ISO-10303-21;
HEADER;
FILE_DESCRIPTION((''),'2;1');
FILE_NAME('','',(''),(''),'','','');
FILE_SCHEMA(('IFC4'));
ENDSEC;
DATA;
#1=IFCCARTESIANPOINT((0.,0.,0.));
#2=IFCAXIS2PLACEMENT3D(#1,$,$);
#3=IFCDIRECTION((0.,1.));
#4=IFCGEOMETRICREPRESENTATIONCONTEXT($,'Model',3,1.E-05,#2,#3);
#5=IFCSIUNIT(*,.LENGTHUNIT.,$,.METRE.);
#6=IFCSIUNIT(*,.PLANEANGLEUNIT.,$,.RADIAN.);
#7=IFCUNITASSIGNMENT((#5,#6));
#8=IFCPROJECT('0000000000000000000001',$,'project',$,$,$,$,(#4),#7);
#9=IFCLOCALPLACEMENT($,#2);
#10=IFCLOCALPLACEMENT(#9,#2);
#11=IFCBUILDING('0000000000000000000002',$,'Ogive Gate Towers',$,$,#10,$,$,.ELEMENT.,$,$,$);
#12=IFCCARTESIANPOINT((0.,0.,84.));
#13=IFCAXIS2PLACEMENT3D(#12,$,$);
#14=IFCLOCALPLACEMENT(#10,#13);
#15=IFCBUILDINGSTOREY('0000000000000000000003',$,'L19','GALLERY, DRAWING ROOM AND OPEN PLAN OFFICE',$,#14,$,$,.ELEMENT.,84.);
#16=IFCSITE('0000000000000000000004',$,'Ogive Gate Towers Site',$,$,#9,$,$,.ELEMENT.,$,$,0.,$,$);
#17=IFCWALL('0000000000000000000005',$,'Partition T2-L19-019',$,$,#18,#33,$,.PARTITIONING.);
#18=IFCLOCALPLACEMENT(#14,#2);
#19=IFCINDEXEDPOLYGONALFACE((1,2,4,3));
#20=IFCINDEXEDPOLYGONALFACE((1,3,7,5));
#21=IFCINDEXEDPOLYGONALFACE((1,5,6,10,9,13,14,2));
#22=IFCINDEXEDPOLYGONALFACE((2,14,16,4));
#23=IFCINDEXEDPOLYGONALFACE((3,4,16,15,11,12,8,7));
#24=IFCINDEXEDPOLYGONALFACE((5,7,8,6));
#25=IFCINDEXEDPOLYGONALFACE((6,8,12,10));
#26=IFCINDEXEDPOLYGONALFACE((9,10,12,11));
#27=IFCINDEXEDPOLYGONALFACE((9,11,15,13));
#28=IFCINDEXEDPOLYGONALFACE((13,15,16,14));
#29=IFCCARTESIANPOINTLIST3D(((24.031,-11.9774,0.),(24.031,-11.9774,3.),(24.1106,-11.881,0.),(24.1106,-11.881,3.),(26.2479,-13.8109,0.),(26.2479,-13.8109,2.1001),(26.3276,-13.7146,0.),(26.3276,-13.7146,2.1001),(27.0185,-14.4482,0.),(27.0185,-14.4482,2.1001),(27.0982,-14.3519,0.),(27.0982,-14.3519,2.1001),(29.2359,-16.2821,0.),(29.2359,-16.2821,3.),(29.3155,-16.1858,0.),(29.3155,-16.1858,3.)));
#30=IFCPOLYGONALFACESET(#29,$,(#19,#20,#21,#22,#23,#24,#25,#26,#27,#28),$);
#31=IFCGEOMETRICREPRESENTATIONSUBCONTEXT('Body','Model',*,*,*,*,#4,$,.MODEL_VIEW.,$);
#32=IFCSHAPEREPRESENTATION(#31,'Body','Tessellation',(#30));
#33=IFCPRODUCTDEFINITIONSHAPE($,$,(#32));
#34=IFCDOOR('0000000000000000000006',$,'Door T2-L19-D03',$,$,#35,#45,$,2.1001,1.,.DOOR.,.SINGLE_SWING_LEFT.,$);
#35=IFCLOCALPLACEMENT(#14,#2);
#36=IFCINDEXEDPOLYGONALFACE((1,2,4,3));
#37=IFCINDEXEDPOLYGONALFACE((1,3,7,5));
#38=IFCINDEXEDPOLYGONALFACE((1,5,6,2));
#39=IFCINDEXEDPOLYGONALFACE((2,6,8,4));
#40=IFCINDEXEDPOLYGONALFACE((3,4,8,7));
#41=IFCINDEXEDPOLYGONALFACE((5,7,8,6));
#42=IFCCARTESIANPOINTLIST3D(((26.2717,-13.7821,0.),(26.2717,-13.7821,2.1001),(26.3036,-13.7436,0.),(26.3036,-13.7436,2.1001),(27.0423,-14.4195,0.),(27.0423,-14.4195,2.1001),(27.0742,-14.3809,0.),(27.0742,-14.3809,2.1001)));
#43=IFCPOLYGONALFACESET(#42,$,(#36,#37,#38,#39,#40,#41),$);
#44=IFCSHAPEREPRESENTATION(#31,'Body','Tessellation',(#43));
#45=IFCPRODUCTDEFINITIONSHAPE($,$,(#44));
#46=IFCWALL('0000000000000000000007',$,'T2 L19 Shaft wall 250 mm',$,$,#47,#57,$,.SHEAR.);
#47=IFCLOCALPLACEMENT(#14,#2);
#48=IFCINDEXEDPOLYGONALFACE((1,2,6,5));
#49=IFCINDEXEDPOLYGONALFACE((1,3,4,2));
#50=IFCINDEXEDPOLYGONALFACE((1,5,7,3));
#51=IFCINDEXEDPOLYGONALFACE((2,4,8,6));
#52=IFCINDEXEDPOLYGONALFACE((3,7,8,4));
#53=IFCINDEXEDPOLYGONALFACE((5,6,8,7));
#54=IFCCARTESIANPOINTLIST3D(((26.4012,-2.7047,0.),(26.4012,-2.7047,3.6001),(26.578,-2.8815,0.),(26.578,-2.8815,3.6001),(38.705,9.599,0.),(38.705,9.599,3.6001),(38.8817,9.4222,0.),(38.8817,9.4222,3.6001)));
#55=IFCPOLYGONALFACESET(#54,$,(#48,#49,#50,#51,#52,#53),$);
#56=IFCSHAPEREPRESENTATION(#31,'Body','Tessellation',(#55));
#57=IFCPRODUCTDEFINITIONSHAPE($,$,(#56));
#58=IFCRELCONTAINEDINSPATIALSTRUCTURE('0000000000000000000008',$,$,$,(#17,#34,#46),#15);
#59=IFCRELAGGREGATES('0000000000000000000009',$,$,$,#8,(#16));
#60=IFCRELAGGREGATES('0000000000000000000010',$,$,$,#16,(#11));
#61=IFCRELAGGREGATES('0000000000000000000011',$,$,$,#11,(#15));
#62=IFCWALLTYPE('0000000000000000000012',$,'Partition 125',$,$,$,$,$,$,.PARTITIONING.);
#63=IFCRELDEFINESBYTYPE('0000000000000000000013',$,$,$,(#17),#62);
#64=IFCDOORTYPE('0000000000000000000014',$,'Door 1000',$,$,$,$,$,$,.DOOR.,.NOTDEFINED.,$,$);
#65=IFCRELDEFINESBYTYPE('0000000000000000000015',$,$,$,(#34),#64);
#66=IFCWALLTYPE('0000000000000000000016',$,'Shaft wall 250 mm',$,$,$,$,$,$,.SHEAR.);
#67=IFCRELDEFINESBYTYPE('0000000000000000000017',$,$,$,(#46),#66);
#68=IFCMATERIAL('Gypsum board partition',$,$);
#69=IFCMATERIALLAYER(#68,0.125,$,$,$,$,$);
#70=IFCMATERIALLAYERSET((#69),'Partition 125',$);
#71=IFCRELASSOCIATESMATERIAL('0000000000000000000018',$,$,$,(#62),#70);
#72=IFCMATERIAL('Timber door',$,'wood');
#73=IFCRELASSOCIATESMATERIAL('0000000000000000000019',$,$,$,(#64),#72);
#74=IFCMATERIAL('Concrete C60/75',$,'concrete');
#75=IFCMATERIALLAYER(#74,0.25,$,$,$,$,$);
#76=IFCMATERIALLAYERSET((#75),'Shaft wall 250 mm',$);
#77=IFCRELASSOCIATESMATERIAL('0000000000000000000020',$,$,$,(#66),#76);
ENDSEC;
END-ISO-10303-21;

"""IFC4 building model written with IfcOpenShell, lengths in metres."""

from ifc_helpers import new_model, si_unit, direction, frame, frame_2d, origin, place, context, subcontext, project, spatial, rectangle, extrude, material, layer, layer_set, type_object, element, fill, save


model = new_model("IFC4")

# Units and contexts
model_context = context("Model", 3, precision=1e-05, world=origin(), true_north=direction((0.0, 1.0)))
body_context = subcontext(model_context, "Body", "Model", "MODEL_VIEW")
ifc_project = project(units=[si_unit("LENGTHUNIT", "METRE"), si_unit("PLANEANGLEUNIT", "RADIAN")], contexts=[model_context])

# Site, building, storey
site_placement = place(None, origin())
site = spatial("IfcSite", under=ifc_project, at=site_placement, Name="Ogive Gate Towers Site", CompositionType="ELEMENT", RefElevation=0.0)
building_placement = place(site_placement, origin())
building = spatial("IfcBuilding", under=site, at=building_placement, Name="Ogive Gate Towers", CompositionType="ELEMENT")
storey_placement = place(building_placement, frame((0.0, 0.0, 84.0)))
storey = spatial("IfcBuildingStorey", under=building, at=storey_placement, Name="L19", Description="GALLERY, DRAWING ROOM AND OPEN PLAN OFFICE", CompositionType="ELEMENT", Elevation=84.0)

# Shared definitions
ifc_material_1 = material(Name="Gypsum board partition")
ifc_layer_1 = layer(ifc_material_1, 0.125)
ifc_layer_set_1 = layer_set([ifc_layer_1], Name="Partition 125")
wall_type_1 = type_object("IfcWallType", Name="Partition 125", PredefinedType="PARTITIONING", material=ifc_layer_set_1)

# Wall, opening, door
ifc_material_2 = material(Name="Timber door", Category="wood")
door_type = type_object("IfcDoorType", Name="Door 1000", OperationType="NOTDEFINED", PredefinedType="DOOR", material=ifc_material_2)
wall_1_placement = place(storey_placement, frame((24.0708, -11.9292, 0.0), z_axis=(0.0, 0.0, 1.0), x_axis=(0.770595, -0.637325, 0.0)))
wall_1 = element("IfcWall", 1, at=wall_1_placement, inside=storey, type_object=wall_type_1, Name="Partition T2-L19-019", PredefinedType="PARTITIONING", context=body_context, shape_type="SweptSolid", body=[
    extrude(rectangle(XDim=6.7544, YDim=0.125, at=frame_2d((3.3772, 0.0))), origin(), (0.0, 0.0, 1.0), 3.0),
])
opening_1_placement = place(wall_1_placement, frame((2.877, 0.0, 0.0)))
opening_1 = element("IfcOpeningElement", 2, at=opening_1_placement, cuts=wall_1, PredefinedType="OPENING", context=body_context, shape_type="SweptSolid", body=[
    extrude(rectangle(XDim=1.0, YDim=2.1001, at=frame_2d((0.5, 1.05))), frame((0.0, 0.0725, 0.0), z_axis=(0.0, -1.0, 0.0), x_axis=(1.0, 0.0, 0.0)), (0.0, 0.0, 1.0), 0.145),
])
door_1_placement = place(opening_1_placement, origin())
door_1 = element("IfcDoor", 3, at=door_1_placement, inside=storey, type_object=door_type, Name="Door T2-L19-D03", OperationType="SINGLE_SWING_LEFT", OverallHeight=2.1001, OverallWidth=1.0, PredefinedType="DOOR", context=body_context, shape_type="SweptSolid", body=[
    extrude(rectangle(XDim=1.0, YDim=2.1001, at=frame_2d((0.5, 1.05))), frame((0.0, 0.0249, 0.0), z_axis=(0.0, -1.0, 0.0), x_axis=(1.0, 0.0, 0.0)), (0.0, 0.0, 1.0), 0.05),
])
fill(opening_1, door_1)

# Wall
ifc_material_3 = material(Name="Concrete C60/75", Category="concrete")
ifc_layer_2 = layer(ifc_material_3, 0.25)
ifc_layer_set_2 = layer_set([ifc_layer_2], Name="Shaft wall 250 mm")
wall_type_2 = type_object("IfcWallType", Name="Shaft wall 250 mm", PredefinedType="SHEAR", material=ifc_layer_set_2)
wall_2_placement = place(storey_placement, frame((26.4895, -2.7932, 0.0), z_axis=(0.0, 0.0, 1.0), x_axis=(0.707107, 0.707107, 0.0)))
element("IfcWall", 4, at=wall_2_placement, inside=storey, type_object=wall_type_2, Name="T2 L19 Shaft wall 250 mm", PredefinedType="SHEAR", context=body_context, shape_type="SweptSolid", body=[
    extrude(rectangle(XDim=17.4001, YDim=0.25, at=frame_2d((8.7002, 0.0))), origin(), (0.0, 0.0, 1.0), 3.6001),
])

save(model, "model.ifc")
